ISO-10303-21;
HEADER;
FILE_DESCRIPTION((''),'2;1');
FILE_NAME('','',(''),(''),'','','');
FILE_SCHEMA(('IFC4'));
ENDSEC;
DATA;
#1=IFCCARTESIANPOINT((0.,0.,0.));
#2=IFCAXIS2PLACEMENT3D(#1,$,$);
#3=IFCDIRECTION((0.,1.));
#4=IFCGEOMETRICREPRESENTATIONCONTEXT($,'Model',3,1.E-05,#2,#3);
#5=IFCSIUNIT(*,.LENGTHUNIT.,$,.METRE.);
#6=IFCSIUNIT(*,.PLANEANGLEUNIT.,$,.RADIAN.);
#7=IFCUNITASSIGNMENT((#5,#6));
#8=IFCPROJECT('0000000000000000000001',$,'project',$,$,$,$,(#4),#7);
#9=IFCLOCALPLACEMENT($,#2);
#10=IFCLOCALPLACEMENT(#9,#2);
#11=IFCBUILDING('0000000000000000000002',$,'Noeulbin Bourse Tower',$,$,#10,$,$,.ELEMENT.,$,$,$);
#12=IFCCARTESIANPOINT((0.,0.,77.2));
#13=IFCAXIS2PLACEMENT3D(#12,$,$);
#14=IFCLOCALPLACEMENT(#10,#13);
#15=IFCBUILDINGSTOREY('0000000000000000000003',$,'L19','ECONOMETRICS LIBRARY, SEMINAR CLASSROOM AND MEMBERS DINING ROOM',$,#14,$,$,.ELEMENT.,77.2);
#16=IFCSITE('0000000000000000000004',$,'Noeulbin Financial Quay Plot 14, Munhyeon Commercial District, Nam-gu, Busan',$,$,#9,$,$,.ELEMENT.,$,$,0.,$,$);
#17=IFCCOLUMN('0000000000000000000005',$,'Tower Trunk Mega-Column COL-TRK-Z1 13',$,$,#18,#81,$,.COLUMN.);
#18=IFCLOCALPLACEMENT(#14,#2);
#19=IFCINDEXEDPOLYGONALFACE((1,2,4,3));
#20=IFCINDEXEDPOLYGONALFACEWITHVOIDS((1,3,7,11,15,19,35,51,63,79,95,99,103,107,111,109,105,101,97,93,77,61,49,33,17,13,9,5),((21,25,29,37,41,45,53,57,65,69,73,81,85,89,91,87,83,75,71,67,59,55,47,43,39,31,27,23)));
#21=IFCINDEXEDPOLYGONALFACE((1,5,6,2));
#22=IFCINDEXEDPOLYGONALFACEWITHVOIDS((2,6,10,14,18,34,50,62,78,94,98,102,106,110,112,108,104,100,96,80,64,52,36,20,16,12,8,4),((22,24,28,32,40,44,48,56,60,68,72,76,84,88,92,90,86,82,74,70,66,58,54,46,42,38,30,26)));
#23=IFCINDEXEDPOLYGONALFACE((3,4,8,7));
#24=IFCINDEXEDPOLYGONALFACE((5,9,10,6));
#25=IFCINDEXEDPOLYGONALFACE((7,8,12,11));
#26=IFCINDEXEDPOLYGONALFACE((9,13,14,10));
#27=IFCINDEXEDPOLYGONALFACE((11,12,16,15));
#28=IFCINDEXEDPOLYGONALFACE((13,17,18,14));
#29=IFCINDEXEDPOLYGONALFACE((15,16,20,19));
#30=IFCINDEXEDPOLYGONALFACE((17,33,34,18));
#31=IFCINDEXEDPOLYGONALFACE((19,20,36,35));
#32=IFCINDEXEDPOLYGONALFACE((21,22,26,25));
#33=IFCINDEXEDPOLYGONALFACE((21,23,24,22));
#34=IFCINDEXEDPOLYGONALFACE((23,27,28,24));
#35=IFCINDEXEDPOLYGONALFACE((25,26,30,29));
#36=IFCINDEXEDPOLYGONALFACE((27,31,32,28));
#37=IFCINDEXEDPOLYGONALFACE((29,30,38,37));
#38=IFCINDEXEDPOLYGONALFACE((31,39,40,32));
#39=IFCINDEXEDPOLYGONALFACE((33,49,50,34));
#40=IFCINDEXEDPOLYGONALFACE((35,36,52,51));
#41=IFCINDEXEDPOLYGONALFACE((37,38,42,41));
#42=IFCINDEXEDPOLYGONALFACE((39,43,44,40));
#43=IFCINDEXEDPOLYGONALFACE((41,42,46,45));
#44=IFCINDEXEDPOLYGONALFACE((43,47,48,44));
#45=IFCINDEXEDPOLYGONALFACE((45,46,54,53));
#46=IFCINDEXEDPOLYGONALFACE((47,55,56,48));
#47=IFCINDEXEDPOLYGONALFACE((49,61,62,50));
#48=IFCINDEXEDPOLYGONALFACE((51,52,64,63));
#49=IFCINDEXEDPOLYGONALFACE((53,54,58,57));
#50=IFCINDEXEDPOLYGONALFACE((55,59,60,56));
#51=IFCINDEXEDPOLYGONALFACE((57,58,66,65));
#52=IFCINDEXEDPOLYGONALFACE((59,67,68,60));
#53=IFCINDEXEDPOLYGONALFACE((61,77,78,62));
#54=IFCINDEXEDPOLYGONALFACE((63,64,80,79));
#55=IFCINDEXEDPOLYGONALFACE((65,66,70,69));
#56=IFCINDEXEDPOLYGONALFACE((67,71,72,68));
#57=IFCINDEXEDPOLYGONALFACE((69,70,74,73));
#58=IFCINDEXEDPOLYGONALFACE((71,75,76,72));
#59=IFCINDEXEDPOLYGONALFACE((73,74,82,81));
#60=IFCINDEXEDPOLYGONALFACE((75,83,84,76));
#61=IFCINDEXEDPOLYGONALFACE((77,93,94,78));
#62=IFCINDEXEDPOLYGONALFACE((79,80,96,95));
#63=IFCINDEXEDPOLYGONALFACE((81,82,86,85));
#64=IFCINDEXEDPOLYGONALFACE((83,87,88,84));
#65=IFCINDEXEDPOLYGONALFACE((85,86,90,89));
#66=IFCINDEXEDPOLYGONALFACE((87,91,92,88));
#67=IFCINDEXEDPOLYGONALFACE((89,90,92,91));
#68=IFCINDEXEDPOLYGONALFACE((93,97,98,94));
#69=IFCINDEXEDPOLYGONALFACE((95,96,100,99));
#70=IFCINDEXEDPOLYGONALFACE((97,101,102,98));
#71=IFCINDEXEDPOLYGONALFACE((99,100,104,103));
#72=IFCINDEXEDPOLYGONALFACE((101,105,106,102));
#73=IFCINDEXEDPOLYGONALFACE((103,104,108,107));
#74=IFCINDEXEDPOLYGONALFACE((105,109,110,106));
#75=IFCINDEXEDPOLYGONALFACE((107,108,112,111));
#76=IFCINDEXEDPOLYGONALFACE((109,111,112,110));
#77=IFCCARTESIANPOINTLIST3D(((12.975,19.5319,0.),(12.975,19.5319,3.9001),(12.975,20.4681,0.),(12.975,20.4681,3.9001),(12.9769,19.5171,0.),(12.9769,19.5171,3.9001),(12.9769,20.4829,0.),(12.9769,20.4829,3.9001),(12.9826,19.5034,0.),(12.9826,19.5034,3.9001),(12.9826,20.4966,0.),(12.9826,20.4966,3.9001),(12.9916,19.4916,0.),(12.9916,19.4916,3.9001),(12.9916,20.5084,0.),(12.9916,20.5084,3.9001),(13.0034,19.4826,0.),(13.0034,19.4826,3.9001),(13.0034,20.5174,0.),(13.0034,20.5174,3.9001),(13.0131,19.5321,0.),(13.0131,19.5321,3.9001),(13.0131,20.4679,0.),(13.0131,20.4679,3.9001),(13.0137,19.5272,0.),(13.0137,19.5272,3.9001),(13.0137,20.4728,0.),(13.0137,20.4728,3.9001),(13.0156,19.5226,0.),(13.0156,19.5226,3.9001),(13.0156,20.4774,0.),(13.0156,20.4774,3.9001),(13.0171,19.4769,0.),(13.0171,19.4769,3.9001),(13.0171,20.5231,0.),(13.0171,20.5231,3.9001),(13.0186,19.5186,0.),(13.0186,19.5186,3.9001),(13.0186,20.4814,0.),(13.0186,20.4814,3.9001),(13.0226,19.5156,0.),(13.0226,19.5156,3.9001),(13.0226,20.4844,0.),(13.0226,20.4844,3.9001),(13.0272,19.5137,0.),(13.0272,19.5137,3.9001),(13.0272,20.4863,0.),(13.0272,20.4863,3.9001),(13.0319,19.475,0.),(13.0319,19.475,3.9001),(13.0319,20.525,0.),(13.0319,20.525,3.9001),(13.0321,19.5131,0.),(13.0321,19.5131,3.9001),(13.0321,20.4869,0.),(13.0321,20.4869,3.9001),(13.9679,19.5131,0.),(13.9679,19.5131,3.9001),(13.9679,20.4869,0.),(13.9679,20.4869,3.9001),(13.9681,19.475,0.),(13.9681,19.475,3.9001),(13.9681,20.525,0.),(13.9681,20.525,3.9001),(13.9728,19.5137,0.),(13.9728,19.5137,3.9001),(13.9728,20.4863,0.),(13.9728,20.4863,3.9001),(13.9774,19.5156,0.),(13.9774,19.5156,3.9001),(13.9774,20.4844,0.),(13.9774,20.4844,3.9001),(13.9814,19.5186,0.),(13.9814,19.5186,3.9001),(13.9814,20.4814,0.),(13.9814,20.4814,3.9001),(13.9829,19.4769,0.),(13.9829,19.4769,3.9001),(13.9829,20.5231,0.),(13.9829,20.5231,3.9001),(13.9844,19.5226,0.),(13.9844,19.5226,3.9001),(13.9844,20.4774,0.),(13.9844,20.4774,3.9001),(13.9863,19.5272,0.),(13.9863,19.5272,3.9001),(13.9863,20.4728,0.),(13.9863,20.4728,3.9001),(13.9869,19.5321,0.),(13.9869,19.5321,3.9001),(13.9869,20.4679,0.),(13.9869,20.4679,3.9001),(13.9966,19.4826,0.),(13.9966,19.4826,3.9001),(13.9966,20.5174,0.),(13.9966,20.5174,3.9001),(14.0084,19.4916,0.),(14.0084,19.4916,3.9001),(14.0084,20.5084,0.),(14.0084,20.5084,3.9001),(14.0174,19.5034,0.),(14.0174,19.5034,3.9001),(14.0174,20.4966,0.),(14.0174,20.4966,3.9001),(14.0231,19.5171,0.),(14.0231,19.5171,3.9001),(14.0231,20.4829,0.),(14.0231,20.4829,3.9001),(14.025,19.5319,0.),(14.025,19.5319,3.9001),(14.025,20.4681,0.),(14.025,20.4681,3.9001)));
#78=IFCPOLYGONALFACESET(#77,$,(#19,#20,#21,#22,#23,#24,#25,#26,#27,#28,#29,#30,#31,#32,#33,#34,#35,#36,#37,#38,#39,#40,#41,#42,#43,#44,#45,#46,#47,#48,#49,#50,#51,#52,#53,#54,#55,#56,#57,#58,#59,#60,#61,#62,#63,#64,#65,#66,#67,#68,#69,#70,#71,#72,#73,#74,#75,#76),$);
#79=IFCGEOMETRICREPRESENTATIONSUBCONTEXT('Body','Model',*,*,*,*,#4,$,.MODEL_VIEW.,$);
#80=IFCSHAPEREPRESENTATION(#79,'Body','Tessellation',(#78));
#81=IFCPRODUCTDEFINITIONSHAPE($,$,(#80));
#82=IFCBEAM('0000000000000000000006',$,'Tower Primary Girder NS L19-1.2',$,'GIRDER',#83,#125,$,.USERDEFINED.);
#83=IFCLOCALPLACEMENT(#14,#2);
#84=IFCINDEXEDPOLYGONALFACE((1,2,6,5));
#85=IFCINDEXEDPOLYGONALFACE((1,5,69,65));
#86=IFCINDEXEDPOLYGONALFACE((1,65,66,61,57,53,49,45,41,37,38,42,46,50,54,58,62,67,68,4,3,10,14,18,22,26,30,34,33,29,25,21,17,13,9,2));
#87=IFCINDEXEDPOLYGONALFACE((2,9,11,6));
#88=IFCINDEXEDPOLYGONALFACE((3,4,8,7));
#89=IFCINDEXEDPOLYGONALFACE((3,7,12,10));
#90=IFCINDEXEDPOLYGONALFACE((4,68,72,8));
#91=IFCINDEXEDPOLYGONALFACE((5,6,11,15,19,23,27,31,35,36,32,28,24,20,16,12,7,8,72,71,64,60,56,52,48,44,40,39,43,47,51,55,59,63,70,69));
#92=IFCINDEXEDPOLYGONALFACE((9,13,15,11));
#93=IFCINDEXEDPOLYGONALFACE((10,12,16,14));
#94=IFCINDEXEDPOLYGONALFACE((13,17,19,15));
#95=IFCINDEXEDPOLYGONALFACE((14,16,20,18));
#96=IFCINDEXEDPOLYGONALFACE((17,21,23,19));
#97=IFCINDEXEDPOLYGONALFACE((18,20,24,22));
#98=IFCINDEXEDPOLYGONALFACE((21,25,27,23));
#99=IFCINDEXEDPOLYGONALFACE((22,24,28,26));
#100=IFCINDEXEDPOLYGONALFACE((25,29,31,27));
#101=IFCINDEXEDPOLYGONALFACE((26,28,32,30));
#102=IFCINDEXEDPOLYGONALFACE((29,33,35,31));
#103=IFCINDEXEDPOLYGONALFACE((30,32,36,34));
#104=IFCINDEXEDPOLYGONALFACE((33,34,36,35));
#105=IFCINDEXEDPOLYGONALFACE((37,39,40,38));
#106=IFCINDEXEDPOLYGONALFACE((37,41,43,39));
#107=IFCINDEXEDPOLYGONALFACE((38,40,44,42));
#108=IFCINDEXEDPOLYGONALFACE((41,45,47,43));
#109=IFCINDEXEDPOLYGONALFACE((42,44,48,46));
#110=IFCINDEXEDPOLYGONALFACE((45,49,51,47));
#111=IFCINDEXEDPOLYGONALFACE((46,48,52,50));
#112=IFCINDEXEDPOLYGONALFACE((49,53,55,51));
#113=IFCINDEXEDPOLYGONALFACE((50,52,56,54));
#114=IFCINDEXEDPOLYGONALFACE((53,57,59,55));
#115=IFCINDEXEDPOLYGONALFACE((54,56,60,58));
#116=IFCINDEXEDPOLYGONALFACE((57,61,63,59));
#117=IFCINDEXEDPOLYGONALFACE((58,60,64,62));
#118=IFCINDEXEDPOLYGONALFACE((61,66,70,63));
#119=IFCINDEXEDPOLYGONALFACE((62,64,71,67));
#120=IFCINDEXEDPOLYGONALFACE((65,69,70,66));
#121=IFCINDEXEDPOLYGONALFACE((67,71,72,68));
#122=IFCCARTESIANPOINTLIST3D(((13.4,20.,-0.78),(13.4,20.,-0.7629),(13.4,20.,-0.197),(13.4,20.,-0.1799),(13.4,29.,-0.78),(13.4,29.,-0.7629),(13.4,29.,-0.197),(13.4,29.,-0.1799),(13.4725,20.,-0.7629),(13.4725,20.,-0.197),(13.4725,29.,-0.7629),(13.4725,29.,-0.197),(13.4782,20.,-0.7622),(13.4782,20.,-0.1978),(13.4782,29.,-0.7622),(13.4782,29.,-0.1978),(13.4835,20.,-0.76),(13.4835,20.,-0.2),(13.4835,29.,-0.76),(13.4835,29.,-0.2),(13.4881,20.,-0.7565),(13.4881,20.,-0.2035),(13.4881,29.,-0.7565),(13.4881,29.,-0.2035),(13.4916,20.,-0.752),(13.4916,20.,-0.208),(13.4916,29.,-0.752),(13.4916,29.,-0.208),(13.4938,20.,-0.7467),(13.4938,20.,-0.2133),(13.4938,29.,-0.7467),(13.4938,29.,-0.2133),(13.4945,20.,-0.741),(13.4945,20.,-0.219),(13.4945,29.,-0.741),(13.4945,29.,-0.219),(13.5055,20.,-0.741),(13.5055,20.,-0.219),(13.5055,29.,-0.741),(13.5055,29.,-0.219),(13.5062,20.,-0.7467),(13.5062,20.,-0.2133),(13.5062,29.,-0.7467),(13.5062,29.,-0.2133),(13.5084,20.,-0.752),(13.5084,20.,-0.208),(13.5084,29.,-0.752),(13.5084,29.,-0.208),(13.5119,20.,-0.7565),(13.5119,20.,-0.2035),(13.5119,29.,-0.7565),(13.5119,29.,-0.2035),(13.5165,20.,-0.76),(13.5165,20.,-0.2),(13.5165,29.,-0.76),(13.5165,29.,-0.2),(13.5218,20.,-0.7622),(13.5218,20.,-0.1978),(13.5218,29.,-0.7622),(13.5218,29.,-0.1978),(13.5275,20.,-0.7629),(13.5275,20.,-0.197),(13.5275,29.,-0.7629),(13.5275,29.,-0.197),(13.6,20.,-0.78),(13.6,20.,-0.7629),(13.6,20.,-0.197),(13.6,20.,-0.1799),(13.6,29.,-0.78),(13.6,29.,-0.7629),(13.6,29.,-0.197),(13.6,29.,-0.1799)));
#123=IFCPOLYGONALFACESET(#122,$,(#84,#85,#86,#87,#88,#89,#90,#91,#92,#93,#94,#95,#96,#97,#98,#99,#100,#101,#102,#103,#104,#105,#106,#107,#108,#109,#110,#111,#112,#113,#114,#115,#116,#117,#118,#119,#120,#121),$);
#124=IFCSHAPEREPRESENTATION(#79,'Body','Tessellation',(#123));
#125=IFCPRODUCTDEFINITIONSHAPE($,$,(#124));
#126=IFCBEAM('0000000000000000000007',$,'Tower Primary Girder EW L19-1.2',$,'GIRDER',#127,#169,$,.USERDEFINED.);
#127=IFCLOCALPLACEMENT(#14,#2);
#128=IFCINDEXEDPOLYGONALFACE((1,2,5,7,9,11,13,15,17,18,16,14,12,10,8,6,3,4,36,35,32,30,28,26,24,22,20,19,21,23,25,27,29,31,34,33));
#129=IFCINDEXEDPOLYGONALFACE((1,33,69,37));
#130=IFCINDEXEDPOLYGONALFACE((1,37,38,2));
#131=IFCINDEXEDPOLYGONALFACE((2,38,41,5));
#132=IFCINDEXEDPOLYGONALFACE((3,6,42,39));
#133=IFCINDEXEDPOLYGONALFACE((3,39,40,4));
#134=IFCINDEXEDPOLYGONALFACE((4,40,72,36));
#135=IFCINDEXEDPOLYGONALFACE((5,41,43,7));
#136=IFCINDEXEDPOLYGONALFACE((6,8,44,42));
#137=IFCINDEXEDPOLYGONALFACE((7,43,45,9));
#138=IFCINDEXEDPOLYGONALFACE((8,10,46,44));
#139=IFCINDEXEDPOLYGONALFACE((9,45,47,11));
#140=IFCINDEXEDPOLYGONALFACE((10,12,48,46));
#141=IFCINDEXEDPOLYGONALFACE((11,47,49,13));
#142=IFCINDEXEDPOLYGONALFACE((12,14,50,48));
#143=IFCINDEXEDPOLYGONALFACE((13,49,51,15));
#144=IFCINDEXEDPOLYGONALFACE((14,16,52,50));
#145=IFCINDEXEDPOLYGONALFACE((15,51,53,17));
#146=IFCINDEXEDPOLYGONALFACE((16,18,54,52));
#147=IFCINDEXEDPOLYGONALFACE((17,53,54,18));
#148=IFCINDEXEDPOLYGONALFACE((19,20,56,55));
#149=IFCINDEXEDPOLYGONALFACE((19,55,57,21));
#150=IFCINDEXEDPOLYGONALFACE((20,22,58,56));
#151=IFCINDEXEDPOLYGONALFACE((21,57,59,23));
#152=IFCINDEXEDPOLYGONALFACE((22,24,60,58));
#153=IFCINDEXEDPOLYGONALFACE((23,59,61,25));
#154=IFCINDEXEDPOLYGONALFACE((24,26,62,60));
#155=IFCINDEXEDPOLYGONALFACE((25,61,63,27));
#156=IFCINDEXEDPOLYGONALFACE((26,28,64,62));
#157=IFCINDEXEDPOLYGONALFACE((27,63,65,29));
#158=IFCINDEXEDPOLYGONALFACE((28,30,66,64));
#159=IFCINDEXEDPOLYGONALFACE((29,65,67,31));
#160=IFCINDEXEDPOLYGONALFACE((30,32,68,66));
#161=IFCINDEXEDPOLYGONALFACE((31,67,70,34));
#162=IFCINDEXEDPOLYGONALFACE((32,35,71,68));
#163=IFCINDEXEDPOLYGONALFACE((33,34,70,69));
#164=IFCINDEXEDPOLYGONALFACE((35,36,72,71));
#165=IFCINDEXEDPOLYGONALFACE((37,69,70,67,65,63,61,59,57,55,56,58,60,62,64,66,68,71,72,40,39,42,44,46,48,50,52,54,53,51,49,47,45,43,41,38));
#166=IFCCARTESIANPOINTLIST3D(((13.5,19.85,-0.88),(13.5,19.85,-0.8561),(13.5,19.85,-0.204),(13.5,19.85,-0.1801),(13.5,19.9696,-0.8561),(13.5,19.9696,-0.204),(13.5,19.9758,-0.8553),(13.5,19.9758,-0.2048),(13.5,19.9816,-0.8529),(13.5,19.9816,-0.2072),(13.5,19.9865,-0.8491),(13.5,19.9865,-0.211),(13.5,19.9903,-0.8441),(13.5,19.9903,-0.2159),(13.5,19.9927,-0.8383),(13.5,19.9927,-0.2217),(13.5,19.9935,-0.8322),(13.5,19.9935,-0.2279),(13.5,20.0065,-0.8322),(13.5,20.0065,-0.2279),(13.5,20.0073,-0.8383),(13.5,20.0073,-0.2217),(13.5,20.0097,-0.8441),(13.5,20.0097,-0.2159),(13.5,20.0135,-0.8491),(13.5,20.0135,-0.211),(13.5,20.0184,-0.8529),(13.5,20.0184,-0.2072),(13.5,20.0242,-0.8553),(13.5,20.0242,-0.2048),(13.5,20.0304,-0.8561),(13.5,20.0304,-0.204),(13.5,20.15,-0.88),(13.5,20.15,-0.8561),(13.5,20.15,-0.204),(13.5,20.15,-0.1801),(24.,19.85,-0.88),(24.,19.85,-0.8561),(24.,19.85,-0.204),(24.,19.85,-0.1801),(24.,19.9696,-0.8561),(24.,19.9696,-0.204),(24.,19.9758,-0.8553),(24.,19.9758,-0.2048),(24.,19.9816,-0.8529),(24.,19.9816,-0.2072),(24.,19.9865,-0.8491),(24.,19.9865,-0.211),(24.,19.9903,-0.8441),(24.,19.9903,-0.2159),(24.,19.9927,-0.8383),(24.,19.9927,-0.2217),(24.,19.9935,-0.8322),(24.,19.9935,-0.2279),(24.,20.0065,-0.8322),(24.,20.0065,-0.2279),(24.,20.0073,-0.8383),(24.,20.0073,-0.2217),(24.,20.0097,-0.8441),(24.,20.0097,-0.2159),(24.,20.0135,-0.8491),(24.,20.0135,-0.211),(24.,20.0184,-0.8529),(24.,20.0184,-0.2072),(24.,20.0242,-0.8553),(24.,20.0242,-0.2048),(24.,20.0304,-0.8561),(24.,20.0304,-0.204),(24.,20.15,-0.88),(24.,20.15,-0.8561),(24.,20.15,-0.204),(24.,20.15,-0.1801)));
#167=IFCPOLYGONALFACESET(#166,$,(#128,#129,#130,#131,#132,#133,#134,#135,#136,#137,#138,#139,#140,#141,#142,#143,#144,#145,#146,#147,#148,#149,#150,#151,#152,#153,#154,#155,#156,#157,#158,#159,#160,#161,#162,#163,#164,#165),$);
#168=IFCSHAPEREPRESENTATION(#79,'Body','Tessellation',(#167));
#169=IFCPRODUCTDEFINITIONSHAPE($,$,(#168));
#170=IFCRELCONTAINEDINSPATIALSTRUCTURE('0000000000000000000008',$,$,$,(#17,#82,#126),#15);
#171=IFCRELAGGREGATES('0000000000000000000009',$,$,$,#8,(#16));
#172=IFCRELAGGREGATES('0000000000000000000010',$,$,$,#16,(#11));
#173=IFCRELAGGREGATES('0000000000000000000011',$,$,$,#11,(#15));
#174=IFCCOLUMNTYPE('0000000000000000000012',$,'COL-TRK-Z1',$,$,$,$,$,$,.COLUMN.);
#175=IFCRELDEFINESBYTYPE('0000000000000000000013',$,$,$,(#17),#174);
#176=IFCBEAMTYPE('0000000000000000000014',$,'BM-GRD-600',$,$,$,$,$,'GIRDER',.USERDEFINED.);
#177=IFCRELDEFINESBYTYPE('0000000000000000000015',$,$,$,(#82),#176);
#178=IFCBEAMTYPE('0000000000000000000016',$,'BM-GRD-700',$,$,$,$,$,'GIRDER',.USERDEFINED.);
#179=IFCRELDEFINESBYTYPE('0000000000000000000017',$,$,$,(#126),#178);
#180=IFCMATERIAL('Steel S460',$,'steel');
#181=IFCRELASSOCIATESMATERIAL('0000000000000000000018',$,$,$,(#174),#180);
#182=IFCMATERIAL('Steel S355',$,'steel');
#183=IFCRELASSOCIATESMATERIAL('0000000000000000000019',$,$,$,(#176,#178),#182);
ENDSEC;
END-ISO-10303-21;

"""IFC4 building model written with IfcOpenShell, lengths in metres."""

from ifc_helpers import new_model, si_unit, direction, frame, origin, origin_2d, place, context, subcontext, project, spatial, hollow_rectangle, i_section, extrude, material, material_profile, profile_set, type_object, element, save


model = new_model("IFC4")

# Units and contexts
model_context = context("Model", 3, precision=1e-05, world=origin(), true_north=direction((0.0, 1.0)))
body_context = subcontext(model_context, "Body", "Model", "MODEL_VIEW")
ifc_project = project(units=[si_unit("LENGTHUNIT", "METRE"), si_unit("PLANEANGLEUNIT", "RADIAN")], contexts=[model_context])

# Site, building, storey
site_placement = place(None, origin())
site = spatial("IfcSite", under=ifc_project, at=site_placement, Name="Noeulbin Financial Quay Plot 14, Munhyeon Commercial District, Nam-gu, Busan", CompositionType="ELEMENT", RefElevation=0.0)
building_placement = place(site_placement, origin())
building = spatial("IfcBuilding", under=site, at=building_placement, Name="Noeulbin Bourse Tower", CompositionType="ELEMENT")
storey_placement = place(building_placement, frame((0.0, 0.0, 77.2)))
storey = spatial("IfcBuildingStorey", under=building, at=storey_placement, Name="L19", Description="ECONOMETRICS LIBRARY, SEMINAR CLASSROOM AND MEMBERS DINING ROOM", CompositionType="ELEMENT", Elevation=77.2)

# Column
ifc_material_1 = material(Name="Steel S460", Category="steel")
ifc_material_profile_1 = material_profile(ifc_material_1, hollow_rectangle(XDim=1.05, YDim=1.05, WallThickness=0.0381, InnerFilletRadius=0.019, OuterFilletRadius=0.0569, at=origin_2d()), Name="BOX-1050x1050x38", Category="LoadBearing")
ifc_profile_set_1 = profile_set([ifc_material_profile_1], Name="Steel S460")
column_type = type_object("IfcColumnType", Name="COL-TRK-Z1", PredefinedType="COLUMN", material=ifc_profile_set_1)
column_placement = place(storey_placement, frame((13.5, 20.0, 0.0), z_axis=(0.0, 0.0, 1.0), x_axis=(1.0, 0.0, 0.0)))
element("IfcColumn", 1, at=column_placement, inside=storey, type_object=column_type, Name="Tower Trunk Mega-Column COL-TRK-Z1 13", PredefinedType="COLUMN", context=body_context, shape_type="SweptSolid", body=[
    extrude(hollow_rectangle(XDim=1.05, YDim=1.05, WallThickness=0.0381, InnerFilletRadius=0.019, OuterFilletRadius=0.0569, at=origin_2d()), origin(), (0.0, 0.0, 1.0), 3.9001),
])

# Beams
ifc_material_2 = material(Name="Steel S355", Category="steel")
ifc_material_profile_2 = material_profile(ifc_material_2, i_section(OverallWidth=0.2, OverallDepth=0.6001, WebThickness=0.011, FlangeThickness=0.0171, FilletRadius=0.022, at=origin_2d()), Name="H-600x200x11x17", Category="LoadBearing")
ifc_profile_set_2 = profile_set([ifc_material_profile_2], Name="Steel S355")
beam_type_1 = type_object("IfcBeamType", Name="BM-GRD-600", ElementType="GIRDER", PredefinedType="USERDEFINED", material=ifc_profile_set_2)
beam_1_placement = place(storey_placement, frame((13.5, 20.0, -0.48), z_axis=(0.0, 1.0, 0.0), x_axis=(-1.0, 0.0, 0.0)))
element("IfcBeam", 2, at=beam_1_placement, inside=storey, type_object=beam_type_1, Name="Tower Primary Girder NS L19-1.2", ObjectType="GIRDER", PredefinedType="USERDEFINED", context=body_context, shape_type="SweptSolid", body=[
    extrude(i_section(OverallWidth=0.2, OverallDepth=0.6001, WebThickness=0.011, FlangeThickness=0.0171, FilletRadius=0.022, at=origin_2d()), origin(), (0.0, 0.0, 1.0), 9.0),
])
ifc_material_profile_3 = material_profile(ifc_material_2, i_section(OverallWidth=0.3, OverallDepth=0.7, WebThickness=0.0129, FlangeThickness=0.0239, FilletRadius=0.0239, at=origin_2d()), Name="H-700x300x13x24", Category="LoadBearing")
ifc_profile_set_3 = profile_set([ifc_material_profile_3], Name="Steel S355")
beam_type_2 = type_object("IfcBeamType", Name="BM-GRD-700", ElementType="GIRDER", PredefinedType="USERDEFINED", material=ifc_profile_set_3)
beam_2_placement = place(storey_placement, frame((13.5, 20.0, -0.53), z_axis=(1.0, 0.0, 0.0), x_axis=(0.0, 1.0, 0.0)))
element("IfcBeam", 3, at=beam_2_placement, inside=storey, type_object=beam_type_2, Name="Tower Primary Girder EW L19-1.2", ObjectType="GIRDER", PredefinedType="USERDEFINED", context=body_context, shape_type="SweptSolid", body=[
    extrude(i_section(OverallWidth=0.3, OverallDepth=0.7, WebThickness=0.0129, FlangeThickness=0.0239, FilletRadius=0.0239, at=origin_2d()), origin(), (0.0, 0.0, 1.0), 10.5),
])

save(model, "model.ifc")
